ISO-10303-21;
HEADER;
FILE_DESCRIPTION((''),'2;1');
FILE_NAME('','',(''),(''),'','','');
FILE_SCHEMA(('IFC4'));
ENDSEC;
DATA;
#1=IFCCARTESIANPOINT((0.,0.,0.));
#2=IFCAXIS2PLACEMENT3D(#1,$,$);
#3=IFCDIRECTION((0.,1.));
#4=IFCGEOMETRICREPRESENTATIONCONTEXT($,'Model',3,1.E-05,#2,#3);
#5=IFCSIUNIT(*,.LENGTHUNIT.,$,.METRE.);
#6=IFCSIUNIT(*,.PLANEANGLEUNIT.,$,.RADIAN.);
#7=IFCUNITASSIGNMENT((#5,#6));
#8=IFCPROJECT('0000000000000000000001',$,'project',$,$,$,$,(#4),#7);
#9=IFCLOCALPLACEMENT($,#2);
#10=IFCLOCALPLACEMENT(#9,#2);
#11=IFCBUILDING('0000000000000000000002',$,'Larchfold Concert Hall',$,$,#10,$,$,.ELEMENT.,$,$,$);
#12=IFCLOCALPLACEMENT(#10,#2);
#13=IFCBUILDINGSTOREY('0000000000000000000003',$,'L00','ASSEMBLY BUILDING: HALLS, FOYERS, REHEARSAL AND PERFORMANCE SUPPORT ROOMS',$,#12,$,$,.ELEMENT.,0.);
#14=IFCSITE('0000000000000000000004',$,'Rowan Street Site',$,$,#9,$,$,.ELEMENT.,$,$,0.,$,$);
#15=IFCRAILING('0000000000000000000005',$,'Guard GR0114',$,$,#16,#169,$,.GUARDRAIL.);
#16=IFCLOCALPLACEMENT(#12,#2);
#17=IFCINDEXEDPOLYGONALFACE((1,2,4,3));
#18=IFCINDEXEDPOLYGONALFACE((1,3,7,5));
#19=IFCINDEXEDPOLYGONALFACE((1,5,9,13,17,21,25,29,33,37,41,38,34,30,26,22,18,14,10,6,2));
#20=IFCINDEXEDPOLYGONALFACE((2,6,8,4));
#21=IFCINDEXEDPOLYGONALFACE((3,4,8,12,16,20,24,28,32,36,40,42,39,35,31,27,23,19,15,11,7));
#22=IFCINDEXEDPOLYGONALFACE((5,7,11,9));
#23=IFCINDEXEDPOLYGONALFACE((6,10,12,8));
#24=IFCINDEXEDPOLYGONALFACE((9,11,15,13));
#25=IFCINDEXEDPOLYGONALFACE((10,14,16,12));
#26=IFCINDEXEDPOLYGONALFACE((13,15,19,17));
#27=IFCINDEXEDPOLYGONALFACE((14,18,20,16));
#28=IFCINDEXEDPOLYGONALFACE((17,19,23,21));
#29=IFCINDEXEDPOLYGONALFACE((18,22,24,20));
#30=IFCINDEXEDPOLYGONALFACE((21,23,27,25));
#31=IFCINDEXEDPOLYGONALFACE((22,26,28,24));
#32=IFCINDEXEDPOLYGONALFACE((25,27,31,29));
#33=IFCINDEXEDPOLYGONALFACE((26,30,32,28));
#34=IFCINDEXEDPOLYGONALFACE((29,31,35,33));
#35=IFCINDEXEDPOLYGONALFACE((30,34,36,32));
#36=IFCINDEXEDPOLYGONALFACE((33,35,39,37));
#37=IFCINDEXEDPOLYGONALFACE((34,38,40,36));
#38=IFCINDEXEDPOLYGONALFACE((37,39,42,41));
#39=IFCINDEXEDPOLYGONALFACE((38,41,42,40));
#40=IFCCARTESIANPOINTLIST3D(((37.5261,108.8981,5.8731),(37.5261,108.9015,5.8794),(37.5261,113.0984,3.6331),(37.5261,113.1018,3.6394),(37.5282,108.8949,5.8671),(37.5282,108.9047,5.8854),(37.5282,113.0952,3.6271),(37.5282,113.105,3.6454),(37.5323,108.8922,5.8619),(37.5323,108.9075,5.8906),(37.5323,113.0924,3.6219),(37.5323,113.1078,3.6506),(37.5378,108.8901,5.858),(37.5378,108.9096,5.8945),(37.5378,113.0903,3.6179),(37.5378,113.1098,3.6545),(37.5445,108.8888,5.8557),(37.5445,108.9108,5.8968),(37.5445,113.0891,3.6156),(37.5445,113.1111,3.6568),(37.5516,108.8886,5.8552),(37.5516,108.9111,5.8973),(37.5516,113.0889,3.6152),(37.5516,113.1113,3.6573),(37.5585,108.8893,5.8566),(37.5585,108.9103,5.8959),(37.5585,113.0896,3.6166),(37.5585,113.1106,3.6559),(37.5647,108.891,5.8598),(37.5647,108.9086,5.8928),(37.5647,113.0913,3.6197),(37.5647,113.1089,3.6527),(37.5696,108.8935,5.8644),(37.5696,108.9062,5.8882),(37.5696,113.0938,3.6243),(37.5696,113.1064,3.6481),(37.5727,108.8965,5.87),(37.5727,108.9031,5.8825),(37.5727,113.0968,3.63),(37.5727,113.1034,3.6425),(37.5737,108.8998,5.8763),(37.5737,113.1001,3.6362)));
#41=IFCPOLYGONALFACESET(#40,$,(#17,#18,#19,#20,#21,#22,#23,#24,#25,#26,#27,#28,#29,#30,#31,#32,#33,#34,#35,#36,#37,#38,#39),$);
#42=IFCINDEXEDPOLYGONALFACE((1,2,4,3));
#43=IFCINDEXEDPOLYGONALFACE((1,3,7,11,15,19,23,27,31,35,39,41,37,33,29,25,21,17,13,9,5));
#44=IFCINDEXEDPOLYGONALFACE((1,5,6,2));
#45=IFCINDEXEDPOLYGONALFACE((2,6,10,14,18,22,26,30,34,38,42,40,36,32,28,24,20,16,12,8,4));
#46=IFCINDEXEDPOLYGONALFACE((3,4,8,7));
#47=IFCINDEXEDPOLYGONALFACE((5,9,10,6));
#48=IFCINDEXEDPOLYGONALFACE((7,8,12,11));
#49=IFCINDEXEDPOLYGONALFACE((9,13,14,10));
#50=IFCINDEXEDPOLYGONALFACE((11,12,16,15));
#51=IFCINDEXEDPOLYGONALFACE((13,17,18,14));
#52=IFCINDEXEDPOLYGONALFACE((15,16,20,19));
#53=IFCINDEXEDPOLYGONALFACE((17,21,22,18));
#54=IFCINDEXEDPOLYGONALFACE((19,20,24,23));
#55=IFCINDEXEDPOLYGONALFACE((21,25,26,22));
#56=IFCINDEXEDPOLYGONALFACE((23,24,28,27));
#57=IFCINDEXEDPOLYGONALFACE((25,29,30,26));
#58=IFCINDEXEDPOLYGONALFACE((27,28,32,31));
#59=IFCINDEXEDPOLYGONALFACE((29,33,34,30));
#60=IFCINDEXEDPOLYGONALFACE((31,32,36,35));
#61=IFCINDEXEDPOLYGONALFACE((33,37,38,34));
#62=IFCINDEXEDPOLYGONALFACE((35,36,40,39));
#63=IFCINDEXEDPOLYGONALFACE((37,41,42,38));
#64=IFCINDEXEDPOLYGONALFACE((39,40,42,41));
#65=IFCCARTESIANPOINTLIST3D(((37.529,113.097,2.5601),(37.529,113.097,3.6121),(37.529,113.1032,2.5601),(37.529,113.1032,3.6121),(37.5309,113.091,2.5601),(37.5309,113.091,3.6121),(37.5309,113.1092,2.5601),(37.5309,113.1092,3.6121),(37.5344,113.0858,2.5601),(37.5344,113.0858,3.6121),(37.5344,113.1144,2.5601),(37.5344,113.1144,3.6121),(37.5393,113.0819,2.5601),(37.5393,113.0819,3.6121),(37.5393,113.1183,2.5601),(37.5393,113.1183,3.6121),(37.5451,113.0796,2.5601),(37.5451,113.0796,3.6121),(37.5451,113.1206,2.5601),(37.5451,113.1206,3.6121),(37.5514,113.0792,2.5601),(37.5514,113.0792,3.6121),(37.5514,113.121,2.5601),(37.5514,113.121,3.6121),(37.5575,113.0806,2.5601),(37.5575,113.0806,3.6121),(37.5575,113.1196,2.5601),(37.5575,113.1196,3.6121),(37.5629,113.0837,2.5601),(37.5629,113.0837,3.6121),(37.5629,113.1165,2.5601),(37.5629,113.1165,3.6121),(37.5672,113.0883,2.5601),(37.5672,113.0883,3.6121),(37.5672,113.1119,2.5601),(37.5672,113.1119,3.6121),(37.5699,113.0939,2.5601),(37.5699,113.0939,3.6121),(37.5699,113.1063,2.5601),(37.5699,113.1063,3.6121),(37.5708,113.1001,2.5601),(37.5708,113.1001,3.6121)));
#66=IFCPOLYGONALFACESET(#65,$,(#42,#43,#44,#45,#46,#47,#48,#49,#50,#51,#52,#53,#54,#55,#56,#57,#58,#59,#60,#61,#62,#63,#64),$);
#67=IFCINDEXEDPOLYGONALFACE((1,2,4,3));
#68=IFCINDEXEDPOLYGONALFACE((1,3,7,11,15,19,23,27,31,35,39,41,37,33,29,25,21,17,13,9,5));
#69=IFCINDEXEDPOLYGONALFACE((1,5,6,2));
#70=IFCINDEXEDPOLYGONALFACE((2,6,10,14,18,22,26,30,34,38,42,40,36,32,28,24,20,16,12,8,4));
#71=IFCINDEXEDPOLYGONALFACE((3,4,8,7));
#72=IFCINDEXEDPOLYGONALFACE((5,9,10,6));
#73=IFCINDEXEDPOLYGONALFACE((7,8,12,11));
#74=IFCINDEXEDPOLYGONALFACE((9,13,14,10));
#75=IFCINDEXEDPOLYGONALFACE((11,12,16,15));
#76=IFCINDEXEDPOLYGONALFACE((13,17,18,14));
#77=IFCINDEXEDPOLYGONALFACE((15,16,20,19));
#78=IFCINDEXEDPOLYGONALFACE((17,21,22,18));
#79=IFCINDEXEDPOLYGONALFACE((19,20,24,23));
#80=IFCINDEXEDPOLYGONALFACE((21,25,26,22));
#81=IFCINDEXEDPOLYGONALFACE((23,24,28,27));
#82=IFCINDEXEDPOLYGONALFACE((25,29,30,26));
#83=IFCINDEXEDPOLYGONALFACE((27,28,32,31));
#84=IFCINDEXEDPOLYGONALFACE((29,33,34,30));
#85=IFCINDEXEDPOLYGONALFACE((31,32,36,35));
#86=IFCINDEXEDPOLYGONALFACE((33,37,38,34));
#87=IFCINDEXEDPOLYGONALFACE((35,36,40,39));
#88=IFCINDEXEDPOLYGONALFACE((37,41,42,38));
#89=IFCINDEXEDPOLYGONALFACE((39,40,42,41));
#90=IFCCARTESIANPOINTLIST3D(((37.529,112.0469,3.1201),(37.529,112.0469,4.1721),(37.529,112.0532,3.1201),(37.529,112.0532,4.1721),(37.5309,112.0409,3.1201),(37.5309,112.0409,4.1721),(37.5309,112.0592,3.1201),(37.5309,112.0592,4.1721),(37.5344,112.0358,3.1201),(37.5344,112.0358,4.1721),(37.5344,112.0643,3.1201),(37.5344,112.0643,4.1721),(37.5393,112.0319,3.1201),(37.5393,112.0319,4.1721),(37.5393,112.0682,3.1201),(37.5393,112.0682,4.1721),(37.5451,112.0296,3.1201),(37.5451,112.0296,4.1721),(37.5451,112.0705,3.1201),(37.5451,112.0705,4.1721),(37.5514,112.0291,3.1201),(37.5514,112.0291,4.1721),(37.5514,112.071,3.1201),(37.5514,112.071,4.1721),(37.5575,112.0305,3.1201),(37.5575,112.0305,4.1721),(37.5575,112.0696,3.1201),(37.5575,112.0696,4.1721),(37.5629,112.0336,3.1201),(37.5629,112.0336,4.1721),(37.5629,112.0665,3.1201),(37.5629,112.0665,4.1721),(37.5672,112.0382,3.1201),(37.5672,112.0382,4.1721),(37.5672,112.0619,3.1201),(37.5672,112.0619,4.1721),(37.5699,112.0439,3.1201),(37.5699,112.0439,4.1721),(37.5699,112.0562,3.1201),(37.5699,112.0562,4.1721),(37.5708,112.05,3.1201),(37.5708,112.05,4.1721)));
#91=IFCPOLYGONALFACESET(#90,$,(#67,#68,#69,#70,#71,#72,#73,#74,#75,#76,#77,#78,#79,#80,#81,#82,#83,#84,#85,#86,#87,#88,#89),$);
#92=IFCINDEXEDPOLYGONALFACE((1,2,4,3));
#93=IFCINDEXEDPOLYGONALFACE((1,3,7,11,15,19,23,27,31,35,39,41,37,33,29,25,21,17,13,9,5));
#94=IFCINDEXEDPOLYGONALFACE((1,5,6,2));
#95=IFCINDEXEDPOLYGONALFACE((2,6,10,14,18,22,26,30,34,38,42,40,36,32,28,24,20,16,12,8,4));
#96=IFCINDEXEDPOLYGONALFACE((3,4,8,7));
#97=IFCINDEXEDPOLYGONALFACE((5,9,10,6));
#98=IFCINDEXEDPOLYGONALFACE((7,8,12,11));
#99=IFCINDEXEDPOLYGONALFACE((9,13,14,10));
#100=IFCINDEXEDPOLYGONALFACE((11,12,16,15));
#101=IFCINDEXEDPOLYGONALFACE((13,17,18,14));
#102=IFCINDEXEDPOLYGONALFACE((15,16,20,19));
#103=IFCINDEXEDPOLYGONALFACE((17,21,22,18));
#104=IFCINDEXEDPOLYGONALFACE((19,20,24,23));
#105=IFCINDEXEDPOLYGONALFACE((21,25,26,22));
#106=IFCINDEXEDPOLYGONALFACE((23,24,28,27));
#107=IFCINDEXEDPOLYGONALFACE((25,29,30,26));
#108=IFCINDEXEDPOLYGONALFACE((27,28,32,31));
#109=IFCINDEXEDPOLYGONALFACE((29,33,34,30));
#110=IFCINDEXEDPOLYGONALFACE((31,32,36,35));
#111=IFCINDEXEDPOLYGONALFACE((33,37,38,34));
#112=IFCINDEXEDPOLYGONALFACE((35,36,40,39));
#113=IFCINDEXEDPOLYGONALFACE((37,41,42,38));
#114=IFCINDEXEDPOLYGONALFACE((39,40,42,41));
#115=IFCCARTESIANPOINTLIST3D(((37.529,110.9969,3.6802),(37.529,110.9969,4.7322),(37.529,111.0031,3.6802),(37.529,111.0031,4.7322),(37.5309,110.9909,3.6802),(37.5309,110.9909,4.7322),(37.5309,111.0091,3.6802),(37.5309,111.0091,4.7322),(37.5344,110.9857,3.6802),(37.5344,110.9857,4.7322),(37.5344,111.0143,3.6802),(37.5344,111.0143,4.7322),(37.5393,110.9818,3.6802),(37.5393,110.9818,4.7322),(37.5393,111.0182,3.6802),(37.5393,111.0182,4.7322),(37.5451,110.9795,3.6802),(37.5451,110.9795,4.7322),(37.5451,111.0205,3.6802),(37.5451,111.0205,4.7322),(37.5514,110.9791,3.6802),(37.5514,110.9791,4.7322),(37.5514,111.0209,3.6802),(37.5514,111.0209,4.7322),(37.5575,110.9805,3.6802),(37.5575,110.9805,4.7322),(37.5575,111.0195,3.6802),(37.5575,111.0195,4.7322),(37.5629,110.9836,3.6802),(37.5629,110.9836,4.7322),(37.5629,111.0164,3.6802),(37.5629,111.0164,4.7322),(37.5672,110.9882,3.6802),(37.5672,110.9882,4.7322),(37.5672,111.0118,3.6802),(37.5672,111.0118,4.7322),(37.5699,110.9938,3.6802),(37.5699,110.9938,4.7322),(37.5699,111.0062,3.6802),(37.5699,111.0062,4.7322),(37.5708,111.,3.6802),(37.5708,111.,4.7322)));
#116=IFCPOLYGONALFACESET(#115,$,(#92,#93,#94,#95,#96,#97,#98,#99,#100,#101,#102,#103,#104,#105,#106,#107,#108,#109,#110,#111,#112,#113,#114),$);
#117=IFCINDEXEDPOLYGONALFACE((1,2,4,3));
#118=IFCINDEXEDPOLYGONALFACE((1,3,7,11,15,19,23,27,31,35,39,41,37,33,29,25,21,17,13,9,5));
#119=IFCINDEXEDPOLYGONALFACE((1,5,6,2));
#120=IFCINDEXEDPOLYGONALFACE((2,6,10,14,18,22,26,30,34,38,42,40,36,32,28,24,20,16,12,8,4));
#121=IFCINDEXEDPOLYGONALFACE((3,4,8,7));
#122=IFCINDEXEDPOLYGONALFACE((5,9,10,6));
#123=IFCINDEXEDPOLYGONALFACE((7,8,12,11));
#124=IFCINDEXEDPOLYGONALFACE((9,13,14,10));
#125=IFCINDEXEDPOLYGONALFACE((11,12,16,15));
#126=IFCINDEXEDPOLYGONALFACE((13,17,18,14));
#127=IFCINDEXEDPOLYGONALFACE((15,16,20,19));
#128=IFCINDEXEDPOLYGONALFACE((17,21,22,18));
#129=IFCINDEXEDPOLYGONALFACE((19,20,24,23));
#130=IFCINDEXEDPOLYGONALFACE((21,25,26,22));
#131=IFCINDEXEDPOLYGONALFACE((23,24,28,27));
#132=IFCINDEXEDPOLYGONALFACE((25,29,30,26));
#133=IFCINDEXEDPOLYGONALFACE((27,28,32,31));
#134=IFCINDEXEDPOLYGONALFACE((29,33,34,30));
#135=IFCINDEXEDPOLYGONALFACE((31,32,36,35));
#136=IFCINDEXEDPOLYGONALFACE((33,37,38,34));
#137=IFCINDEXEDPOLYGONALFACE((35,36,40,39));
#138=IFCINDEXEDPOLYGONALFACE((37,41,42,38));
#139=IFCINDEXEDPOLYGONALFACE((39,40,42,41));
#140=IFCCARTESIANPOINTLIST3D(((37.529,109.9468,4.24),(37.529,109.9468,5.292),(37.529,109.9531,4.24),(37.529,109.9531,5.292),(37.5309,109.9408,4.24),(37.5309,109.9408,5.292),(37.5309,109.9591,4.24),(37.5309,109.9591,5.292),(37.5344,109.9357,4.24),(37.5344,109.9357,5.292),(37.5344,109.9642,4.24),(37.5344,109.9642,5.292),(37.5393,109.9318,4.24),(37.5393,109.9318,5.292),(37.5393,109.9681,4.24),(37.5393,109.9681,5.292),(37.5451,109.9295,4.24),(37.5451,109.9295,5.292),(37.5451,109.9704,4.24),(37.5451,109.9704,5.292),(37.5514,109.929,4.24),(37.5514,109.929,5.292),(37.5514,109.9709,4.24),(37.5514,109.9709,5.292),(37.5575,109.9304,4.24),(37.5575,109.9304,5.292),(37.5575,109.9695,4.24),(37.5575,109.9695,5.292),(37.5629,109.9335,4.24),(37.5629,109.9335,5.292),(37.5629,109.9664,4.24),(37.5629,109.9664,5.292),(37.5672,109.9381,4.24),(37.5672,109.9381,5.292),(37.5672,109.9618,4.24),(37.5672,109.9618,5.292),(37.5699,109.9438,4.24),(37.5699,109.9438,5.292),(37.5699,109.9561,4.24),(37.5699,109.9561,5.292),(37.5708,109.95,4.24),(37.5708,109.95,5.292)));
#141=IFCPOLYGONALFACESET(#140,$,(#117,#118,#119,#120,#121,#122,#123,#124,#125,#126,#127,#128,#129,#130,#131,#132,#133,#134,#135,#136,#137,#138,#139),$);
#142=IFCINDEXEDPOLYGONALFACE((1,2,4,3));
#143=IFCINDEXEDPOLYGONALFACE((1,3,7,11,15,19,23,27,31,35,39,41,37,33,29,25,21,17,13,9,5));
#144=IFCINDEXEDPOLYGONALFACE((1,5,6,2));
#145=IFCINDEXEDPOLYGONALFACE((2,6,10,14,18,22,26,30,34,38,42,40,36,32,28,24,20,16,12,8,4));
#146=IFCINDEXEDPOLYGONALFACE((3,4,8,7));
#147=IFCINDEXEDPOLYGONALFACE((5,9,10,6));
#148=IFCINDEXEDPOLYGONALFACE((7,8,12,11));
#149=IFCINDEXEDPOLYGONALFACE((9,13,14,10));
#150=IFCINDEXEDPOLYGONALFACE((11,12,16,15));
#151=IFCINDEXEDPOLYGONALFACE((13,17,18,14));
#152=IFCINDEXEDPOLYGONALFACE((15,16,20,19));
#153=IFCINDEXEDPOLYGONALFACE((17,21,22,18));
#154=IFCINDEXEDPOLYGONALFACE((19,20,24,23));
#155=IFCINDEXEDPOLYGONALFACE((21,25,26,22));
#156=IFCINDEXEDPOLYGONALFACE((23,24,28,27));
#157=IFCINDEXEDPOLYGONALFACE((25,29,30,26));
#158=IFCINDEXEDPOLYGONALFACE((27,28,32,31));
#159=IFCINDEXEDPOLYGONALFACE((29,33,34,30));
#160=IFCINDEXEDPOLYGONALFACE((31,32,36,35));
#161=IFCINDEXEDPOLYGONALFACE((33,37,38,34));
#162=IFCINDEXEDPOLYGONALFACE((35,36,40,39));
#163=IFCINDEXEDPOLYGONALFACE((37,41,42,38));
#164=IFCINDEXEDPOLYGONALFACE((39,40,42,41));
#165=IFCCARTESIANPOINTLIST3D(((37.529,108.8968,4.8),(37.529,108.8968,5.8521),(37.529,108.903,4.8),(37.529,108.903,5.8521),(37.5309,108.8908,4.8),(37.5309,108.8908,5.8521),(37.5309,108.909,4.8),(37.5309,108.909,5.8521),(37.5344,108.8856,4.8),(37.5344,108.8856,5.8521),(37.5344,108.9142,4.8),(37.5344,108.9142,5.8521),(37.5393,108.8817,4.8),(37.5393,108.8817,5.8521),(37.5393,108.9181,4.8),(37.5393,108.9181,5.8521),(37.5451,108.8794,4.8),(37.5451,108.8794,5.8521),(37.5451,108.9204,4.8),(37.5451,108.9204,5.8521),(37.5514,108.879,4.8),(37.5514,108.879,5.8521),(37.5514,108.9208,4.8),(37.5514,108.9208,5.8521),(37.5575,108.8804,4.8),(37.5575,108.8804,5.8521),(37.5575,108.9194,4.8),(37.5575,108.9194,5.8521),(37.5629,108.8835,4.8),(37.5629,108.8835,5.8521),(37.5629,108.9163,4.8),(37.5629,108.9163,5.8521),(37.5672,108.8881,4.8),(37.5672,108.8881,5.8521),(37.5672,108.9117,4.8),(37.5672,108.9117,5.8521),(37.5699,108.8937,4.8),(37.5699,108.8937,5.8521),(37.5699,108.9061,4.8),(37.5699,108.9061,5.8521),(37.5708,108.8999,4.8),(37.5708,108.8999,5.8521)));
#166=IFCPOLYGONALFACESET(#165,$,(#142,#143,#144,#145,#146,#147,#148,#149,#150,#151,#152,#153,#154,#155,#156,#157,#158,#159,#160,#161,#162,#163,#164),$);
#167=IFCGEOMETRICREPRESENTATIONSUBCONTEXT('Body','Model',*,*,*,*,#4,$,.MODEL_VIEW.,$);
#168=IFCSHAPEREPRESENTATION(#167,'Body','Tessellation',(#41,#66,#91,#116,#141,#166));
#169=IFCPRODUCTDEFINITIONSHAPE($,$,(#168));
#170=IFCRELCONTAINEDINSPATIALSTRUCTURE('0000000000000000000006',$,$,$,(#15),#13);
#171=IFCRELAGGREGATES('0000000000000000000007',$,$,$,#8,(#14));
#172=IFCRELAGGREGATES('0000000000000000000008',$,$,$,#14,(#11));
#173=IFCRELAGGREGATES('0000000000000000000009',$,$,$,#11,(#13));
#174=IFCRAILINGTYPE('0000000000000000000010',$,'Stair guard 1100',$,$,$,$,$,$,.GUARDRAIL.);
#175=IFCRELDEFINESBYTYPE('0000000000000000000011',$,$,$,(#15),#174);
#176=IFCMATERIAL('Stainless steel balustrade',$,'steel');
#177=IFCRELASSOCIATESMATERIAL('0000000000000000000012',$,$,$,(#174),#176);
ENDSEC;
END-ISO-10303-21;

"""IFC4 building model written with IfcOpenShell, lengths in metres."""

from ifc_helpers import new_model, si_unit, direction, frame, origin, origin_2d, place, context, subcontext, project, spatial, circle, extrude, material, type_object, element, save


model = new_model("IFC4")

# Units and contexts
model_context = context("Model", 3, precision=1e-05, world=origin(), true_north=direction((0.0, 1.0)))
body_context = subcontext(model_context, "Body", "Model", "MODEL_VIEW")
ifc_project = project(units=[si_unit("LENGTHUNIT", "METRE"), si_unit("PLANEANGLEUNIT", "RADIAN")], contexts=[model_context])

# Site, building, storey
site_placement = place(None, origin())
site = spatial("IfcSite", under=ifc_project, at=site_placement, Name="Rowan Street Site", CompositionType="ELEMENT", RefElevation=0.0)
building_placement = place(site_placement, origin())
building = spatial("IfcBuilding", under=site, at=building_placement, Name="Larchfold Concert Hall", CompositionType="ELEMENT")
storey_placement = place(building_placement, origin())
storey = spatial("IfcBuildingStorey", under=building, at=storey_placement, Name="L00", Description="ASSEMBLY BUILDING: HALLS, FOYERS, REHEARSAL AND PERFORMANCE SUPPORT ROOMS", CompositionType="ELEMENT", Elevation=0.0)

# Railing
ifc_material_1 = material(Name="Stainless steel balustrade", Category="steel")
railing_type_1 = type_object("IfcRailingType", Name="Stair guard 1100", PredefinedType="GUARDRAIL", material=ifc_material_1)
for number, where, name in (
    (1, (37.5498, 113.1001, 2.5601), "Guard GR0114"),
):
    element("IfcRailing", number, at=place(storey_placement, frame(where)), inside=storey, type_object=railing_type_1, Name=name, PredefinedType="GUARDRAIL", context=body_context, shape_type="SweptSolid", body=[
        extrude(circle(Radius=0.0239, at=origin_2d()), frame((0.0, 0.0, 1.0762), z_axis=(0.0, -0.882363, 0.47057), x_axis=(1.0, 0.0, 0.0)), (0.0, 0.0, 1.0), 4.7603),
        extrude(circle(Radius=0.021, at=origin_2d()), origin(), (0.0, 0.0, 1.0), 1.052),
        extrude(circle(Radius=0.021, at=origin_2d()), frame((0.0, -1.05, 0.5601)), (0.0, 0.0, 1.0), 1.052),
        extrude(circle(Radius=0.021, at=origin_2d()), frame((0.0, -2.1001, 1.1201)), (0.0, 0.0, 1.0), 1.052),
        extrude(circle(Radius=0.021, at=origin_2d()), frame((0.0, -3.1501, 1.6799)), (0.0, 0.0, 1.0), 1.052),
        extrude(circle(Radius=0.021, at=origin_2d()), frame((0.0, -4.2002, 2.24)), (0.0, 0.0, 1.0), 1.052),
    ])

save(model, "model.ifc")
